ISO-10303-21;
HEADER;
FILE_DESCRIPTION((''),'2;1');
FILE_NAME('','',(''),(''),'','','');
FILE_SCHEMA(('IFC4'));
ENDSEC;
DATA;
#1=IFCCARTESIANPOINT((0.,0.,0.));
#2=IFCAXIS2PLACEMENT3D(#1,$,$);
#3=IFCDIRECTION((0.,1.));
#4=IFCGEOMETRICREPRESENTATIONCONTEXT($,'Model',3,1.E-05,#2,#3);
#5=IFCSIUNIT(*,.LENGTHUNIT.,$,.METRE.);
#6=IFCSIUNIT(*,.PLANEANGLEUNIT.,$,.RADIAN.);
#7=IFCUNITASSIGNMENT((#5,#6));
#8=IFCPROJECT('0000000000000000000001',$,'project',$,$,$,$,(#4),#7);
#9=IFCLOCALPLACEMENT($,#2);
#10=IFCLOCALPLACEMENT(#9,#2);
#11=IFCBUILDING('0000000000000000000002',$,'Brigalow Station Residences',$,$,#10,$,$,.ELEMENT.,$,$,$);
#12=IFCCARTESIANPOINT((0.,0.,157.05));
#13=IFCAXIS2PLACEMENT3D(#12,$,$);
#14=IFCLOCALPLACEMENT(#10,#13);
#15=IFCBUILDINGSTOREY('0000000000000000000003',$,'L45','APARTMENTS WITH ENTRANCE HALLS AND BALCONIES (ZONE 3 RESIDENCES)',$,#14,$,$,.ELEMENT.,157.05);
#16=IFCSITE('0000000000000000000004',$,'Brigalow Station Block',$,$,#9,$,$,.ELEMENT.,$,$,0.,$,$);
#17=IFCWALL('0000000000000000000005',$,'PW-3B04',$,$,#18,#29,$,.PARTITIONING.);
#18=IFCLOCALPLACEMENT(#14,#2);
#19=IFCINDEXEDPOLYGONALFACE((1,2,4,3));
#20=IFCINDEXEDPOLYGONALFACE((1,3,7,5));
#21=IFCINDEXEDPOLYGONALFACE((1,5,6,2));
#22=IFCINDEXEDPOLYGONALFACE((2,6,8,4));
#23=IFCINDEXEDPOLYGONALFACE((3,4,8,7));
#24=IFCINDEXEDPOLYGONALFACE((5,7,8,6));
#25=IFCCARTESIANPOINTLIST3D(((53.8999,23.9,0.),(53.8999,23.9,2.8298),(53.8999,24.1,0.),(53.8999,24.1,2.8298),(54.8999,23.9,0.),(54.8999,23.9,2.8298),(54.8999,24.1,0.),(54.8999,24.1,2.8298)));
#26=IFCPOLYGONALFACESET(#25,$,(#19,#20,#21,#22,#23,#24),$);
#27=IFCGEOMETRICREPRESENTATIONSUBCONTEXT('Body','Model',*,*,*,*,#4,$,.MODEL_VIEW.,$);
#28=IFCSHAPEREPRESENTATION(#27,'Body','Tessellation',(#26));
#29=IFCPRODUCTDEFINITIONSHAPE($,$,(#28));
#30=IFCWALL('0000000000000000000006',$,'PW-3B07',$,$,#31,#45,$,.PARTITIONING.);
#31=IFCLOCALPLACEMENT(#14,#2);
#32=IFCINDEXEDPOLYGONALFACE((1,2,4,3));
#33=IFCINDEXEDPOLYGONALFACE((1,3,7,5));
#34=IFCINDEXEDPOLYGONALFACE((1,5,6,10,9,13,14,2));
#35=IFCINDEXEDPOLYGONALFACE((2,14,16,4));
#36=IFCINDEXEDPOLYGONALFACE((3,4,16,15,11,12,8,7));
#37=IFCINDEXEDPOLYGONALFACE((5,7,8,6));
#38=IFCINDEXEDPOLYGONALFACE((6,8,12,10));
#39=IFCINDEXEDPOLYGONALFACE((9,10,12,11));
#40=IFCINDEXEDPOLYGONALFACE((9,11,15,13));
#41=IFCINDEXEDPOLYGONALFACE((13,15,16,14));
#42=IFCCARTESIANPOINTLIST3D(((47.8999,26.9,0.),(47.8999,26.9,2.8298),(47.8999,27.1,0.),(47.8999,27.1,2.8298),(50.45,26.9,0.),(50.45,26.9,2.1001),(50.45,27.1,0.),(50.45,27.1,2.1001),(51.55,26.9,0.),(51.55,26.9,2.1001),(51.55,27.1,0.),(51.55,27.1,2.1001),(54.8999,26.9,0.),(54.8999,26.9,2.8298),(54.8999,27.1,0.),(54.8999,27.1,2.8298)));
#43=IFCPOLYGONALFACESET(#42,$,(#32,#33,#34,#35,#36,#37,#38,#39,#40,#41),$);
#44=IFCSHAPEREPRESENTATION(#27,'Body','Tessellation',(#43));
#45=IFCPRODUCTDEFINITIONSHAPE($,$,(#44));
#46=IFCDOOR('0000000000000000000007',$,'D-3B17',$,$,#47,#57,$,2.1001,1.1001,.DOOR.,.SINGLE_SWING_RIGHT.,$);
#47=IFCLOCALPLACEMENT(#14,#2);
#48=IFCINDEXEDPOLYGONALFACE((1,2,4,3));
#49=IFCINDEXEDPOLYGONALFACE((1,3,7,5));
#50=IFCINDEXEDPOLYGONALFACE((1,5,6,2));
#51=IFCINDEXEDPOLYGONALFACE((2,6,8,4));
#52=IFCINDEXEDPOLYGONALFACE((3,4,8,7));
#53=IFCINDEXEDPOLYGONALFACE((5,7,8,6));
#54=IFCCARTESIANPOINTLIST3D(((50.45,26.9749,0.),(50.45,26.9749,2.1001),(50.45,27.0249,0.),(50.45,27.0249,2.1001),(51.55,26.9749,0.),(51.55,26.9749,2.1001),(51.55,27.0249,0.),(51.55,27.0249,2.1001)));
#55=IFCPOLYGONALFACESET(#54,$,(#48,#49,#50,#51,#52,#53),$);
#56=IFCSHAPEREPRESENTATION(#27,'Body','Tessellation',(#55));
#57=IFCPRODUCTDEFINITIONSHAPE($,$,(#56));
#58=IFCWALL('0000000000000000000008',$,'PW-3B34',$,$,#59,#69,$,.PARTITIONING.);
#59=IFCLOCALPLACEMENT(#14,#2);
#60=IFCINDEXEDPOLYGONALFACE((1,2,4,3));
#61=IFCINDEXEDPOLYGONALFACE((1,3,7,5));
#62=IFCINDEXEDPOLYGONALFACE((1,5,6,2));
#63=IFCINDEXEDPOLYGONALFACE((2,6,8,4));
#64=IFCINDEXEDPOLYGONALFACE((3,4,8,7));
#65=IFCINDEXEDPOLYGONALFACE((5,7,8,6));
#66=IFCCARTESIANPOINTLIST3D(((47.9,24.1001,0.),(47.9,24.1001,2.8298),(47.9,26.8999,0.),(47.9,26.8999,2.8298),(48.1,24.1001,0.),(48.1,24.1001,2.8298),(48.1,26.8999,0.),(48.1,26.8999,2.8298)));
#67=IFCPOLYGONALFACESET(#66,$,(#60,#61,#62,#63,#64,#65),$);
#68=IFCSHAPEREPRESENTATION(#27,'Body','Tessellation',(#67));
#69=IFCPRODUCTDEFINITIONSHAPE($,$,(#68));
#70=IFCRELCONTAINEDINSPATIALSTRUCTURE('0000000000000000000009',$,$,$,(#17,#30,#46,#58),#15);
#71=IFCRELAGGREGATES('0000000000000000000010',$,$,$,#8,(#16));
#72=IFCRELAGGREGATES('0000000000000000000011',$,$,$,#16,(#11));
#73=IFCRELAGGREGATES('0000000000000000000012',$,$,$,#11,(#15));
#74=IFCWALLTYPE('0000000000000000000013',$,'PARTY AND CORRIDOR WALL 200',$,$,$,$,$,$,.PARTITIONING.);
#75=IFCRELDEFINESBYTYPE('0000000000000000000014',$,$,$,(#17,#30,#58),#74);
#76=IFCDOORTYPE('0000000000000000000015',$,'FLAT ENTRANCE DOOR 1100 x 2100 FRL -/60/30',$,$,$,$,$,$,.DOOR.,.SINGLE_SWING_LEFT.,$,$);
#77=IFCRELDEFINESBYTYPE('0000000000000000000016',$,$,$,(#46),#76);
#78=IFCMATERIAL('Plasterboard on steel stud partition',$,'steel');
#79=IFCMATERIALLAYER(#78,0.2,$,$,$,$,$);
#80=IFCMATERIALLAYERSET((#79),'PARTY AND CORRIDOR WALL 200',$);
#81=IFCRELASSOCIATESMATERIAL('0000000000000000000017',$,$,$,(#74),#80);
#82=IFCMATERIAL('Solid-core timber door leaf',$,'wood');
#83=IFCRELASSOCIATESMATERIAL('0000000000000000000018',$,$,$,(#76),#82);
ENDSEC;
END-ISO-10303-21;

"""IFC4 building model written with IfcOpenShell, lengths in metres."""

from ifc_helpers import new_model, si_unit, direction, frame, frame_2d, origin, place, context, subcontext, project, spatial, rectangle, extrude, material, layer, layer_set, type_object, element, fill, save


model = new_model("IFC4")

# Units and contexts
model_context = context("Model", 3, precision=1e-05, world=origin(), true_north=direction((0.0, 1.0)))
body_context = subcontext(model_context, "Body", "Model", "MODEL_VIEW")
ifc_project = project(units=[si_unit("LENGTHUNIT", "METRE"), si_unit("PLANEANGLEUNIT", "RADIAN")], contexts=[model_context])

# Site, building, storey
site_placement = place(None, origin())
site = spatial("IfcSite", under=ifc_project, at=site_placement, Name="Brigalow Station Block", CompositionType="ELEMENT", RefElevation=0.0)
building_placement = place(site_placement, origin())
building = spatial("IfcBuilding", under=site, at=building_placement, Name="Brigalow Station Residences", CompositionType="ELEMENT")
storey_placement = place(building_placement, frame((0.0, 0.0, 157.05)))
storey = spatial("IfcBuildingStorey", under=building, at=storey_placement, Name="L45", Description="APARTMENTS WITH ENTRANCE HALLS AND BALCONIES (ZONE 3 RESIDENCES)", CompositionType="ELEMENT", Elevation=157.05)

# Wall
ifc_material_1 = material(Name="Plasterboard on steel stud partition", Category="steel")
ifc_layer_1 = layer(ifc_material_1, 0.2)
ifc_layer_set_1 = layer_set([ifc_layer_1], Name="PARTY AND CORRIDOR WALL 200")
wall_type_1 = type_object("IfcWallType", Name="PARTY AND CORRIDOR WALL 200", PredefinedType="PARTITIONING", material=ifc_layer_set_1)
wall_1_placement = place(storey_placement, frame((53.8999, 24.0, 0.0), z_axis=(0.0, 0.0, 1.0), x_axis=(1.0, 0.0, 0.0)))
element("IfcWall", 1, at=wall_1_placement, inside=storey, type_object=wall_type_1, Name="PW-3B04", PredefinedType="PARTITIONING", context=body_context, shape_type="SweptSolid", body=[
    extrude(rectangle(XDim=1.0, YDim=0.2, at=frame_2d((0.5, 0.0))), origin(), (0.0, 0.0, 1.0), 2.8298),
])

# Wall, opening, door
wall_2_placement = place(storey_placement, frame((47.8999, 27.0, 0.0), z_axis=(0.0, 0.0, 1.0), x_axis=(1.0, 0.0, 0.0)))
wall_2 = element("IfcWall", 2, at=wall_2_placement, inside=storey, type_object=wall_type_1, Name="PW-3B07", PredefinedType="PARTITIONING", context=body_context, shape_type="SweptSolid", body=[
    extrude(rectangle(XDim=7.0, YDim=0.2, at=frame_2d((3.5, 0.0))), origin(), (0.0, 0.0, 1.0), 2.8298),
])
opening_1_placement = place(wall_2_placement, frame((2.55, 0.0, 0.0)))
opening_1 = element("IfcOpeningElement", 3, at=opening_1_placement, cuts=wall_2, PredefinedType="OPENING", context=body_context, shape_type="SweptSolid", body=[
    extrude(rectangle(XDim=1.1001, YDim=2.1001, at=frame_2d((0.55, 1.05))), frame((0.0, 0.1099, 0.0), z_axis=(0.0, -1.0, 0.0), x_axis=(1.0, 0.0, 0.0)), (0.0, 0.0, 1.0), 0.22),
])
ifc_material_2 = material(Name="Solid-core timber door leaf", Category="wood")
door_type_1 = type_object("IfcDoorType", Name="FLAT ENTRANCE DOOR 1100 x 2100 FRL -/60/30", OperationType="SINGLE_SWING_LEFT", PredefinedType="DOOR", material=ifc_material_2)
door_1_placement = place(opening_1_placement, origin())
door_1 = element("IfcDoor", 4, at=door_1_placement, inside=storey, type_object=door_type_1, Name="D-3B17", OperationType="SINGLE_SWING_RIGHT", OverallHeight=2.1001, OverallWidth=1.1001, PredefinedType="DOOR", context=body_context, shape_type="SweptSolid", body=[
    extrude(rectangle(XDim=1.1001, YDim=2.1001, at=frame_2d((0.55, 1.05))), frame((0.0, 0.0249, 0.0), z_axis=(0.0, -1.0, 0.0), x_axis=(1.0, 0.0, 0.0)), (0.0, 0.0, 1.0), 0.05),
])
fill(opening_1, door_1)

# Wall
wall_3_placement = place(storey_placement, frame((48.0, 24.1001, 0.0), z_axis=(0.0, 0.0, 1.0), x_axis=(0.0, 1.0, 0.0)))
element("IfcWall", 5, at=wall_3_placement, inside=storey, type_object=wall_type_1, Name="PW-3B34", PredefinedType="PARTITIONING", context=body_context, shape_type="SweptSolid", body=[
    extrude(rectangle(XDim=2.7998, YDim=0.2, at=frame_2d((1.3999, 0.0))), origin(), (0.0, 0.0, 1.0), 2.8298),
])

save(model, "model.ifc")
